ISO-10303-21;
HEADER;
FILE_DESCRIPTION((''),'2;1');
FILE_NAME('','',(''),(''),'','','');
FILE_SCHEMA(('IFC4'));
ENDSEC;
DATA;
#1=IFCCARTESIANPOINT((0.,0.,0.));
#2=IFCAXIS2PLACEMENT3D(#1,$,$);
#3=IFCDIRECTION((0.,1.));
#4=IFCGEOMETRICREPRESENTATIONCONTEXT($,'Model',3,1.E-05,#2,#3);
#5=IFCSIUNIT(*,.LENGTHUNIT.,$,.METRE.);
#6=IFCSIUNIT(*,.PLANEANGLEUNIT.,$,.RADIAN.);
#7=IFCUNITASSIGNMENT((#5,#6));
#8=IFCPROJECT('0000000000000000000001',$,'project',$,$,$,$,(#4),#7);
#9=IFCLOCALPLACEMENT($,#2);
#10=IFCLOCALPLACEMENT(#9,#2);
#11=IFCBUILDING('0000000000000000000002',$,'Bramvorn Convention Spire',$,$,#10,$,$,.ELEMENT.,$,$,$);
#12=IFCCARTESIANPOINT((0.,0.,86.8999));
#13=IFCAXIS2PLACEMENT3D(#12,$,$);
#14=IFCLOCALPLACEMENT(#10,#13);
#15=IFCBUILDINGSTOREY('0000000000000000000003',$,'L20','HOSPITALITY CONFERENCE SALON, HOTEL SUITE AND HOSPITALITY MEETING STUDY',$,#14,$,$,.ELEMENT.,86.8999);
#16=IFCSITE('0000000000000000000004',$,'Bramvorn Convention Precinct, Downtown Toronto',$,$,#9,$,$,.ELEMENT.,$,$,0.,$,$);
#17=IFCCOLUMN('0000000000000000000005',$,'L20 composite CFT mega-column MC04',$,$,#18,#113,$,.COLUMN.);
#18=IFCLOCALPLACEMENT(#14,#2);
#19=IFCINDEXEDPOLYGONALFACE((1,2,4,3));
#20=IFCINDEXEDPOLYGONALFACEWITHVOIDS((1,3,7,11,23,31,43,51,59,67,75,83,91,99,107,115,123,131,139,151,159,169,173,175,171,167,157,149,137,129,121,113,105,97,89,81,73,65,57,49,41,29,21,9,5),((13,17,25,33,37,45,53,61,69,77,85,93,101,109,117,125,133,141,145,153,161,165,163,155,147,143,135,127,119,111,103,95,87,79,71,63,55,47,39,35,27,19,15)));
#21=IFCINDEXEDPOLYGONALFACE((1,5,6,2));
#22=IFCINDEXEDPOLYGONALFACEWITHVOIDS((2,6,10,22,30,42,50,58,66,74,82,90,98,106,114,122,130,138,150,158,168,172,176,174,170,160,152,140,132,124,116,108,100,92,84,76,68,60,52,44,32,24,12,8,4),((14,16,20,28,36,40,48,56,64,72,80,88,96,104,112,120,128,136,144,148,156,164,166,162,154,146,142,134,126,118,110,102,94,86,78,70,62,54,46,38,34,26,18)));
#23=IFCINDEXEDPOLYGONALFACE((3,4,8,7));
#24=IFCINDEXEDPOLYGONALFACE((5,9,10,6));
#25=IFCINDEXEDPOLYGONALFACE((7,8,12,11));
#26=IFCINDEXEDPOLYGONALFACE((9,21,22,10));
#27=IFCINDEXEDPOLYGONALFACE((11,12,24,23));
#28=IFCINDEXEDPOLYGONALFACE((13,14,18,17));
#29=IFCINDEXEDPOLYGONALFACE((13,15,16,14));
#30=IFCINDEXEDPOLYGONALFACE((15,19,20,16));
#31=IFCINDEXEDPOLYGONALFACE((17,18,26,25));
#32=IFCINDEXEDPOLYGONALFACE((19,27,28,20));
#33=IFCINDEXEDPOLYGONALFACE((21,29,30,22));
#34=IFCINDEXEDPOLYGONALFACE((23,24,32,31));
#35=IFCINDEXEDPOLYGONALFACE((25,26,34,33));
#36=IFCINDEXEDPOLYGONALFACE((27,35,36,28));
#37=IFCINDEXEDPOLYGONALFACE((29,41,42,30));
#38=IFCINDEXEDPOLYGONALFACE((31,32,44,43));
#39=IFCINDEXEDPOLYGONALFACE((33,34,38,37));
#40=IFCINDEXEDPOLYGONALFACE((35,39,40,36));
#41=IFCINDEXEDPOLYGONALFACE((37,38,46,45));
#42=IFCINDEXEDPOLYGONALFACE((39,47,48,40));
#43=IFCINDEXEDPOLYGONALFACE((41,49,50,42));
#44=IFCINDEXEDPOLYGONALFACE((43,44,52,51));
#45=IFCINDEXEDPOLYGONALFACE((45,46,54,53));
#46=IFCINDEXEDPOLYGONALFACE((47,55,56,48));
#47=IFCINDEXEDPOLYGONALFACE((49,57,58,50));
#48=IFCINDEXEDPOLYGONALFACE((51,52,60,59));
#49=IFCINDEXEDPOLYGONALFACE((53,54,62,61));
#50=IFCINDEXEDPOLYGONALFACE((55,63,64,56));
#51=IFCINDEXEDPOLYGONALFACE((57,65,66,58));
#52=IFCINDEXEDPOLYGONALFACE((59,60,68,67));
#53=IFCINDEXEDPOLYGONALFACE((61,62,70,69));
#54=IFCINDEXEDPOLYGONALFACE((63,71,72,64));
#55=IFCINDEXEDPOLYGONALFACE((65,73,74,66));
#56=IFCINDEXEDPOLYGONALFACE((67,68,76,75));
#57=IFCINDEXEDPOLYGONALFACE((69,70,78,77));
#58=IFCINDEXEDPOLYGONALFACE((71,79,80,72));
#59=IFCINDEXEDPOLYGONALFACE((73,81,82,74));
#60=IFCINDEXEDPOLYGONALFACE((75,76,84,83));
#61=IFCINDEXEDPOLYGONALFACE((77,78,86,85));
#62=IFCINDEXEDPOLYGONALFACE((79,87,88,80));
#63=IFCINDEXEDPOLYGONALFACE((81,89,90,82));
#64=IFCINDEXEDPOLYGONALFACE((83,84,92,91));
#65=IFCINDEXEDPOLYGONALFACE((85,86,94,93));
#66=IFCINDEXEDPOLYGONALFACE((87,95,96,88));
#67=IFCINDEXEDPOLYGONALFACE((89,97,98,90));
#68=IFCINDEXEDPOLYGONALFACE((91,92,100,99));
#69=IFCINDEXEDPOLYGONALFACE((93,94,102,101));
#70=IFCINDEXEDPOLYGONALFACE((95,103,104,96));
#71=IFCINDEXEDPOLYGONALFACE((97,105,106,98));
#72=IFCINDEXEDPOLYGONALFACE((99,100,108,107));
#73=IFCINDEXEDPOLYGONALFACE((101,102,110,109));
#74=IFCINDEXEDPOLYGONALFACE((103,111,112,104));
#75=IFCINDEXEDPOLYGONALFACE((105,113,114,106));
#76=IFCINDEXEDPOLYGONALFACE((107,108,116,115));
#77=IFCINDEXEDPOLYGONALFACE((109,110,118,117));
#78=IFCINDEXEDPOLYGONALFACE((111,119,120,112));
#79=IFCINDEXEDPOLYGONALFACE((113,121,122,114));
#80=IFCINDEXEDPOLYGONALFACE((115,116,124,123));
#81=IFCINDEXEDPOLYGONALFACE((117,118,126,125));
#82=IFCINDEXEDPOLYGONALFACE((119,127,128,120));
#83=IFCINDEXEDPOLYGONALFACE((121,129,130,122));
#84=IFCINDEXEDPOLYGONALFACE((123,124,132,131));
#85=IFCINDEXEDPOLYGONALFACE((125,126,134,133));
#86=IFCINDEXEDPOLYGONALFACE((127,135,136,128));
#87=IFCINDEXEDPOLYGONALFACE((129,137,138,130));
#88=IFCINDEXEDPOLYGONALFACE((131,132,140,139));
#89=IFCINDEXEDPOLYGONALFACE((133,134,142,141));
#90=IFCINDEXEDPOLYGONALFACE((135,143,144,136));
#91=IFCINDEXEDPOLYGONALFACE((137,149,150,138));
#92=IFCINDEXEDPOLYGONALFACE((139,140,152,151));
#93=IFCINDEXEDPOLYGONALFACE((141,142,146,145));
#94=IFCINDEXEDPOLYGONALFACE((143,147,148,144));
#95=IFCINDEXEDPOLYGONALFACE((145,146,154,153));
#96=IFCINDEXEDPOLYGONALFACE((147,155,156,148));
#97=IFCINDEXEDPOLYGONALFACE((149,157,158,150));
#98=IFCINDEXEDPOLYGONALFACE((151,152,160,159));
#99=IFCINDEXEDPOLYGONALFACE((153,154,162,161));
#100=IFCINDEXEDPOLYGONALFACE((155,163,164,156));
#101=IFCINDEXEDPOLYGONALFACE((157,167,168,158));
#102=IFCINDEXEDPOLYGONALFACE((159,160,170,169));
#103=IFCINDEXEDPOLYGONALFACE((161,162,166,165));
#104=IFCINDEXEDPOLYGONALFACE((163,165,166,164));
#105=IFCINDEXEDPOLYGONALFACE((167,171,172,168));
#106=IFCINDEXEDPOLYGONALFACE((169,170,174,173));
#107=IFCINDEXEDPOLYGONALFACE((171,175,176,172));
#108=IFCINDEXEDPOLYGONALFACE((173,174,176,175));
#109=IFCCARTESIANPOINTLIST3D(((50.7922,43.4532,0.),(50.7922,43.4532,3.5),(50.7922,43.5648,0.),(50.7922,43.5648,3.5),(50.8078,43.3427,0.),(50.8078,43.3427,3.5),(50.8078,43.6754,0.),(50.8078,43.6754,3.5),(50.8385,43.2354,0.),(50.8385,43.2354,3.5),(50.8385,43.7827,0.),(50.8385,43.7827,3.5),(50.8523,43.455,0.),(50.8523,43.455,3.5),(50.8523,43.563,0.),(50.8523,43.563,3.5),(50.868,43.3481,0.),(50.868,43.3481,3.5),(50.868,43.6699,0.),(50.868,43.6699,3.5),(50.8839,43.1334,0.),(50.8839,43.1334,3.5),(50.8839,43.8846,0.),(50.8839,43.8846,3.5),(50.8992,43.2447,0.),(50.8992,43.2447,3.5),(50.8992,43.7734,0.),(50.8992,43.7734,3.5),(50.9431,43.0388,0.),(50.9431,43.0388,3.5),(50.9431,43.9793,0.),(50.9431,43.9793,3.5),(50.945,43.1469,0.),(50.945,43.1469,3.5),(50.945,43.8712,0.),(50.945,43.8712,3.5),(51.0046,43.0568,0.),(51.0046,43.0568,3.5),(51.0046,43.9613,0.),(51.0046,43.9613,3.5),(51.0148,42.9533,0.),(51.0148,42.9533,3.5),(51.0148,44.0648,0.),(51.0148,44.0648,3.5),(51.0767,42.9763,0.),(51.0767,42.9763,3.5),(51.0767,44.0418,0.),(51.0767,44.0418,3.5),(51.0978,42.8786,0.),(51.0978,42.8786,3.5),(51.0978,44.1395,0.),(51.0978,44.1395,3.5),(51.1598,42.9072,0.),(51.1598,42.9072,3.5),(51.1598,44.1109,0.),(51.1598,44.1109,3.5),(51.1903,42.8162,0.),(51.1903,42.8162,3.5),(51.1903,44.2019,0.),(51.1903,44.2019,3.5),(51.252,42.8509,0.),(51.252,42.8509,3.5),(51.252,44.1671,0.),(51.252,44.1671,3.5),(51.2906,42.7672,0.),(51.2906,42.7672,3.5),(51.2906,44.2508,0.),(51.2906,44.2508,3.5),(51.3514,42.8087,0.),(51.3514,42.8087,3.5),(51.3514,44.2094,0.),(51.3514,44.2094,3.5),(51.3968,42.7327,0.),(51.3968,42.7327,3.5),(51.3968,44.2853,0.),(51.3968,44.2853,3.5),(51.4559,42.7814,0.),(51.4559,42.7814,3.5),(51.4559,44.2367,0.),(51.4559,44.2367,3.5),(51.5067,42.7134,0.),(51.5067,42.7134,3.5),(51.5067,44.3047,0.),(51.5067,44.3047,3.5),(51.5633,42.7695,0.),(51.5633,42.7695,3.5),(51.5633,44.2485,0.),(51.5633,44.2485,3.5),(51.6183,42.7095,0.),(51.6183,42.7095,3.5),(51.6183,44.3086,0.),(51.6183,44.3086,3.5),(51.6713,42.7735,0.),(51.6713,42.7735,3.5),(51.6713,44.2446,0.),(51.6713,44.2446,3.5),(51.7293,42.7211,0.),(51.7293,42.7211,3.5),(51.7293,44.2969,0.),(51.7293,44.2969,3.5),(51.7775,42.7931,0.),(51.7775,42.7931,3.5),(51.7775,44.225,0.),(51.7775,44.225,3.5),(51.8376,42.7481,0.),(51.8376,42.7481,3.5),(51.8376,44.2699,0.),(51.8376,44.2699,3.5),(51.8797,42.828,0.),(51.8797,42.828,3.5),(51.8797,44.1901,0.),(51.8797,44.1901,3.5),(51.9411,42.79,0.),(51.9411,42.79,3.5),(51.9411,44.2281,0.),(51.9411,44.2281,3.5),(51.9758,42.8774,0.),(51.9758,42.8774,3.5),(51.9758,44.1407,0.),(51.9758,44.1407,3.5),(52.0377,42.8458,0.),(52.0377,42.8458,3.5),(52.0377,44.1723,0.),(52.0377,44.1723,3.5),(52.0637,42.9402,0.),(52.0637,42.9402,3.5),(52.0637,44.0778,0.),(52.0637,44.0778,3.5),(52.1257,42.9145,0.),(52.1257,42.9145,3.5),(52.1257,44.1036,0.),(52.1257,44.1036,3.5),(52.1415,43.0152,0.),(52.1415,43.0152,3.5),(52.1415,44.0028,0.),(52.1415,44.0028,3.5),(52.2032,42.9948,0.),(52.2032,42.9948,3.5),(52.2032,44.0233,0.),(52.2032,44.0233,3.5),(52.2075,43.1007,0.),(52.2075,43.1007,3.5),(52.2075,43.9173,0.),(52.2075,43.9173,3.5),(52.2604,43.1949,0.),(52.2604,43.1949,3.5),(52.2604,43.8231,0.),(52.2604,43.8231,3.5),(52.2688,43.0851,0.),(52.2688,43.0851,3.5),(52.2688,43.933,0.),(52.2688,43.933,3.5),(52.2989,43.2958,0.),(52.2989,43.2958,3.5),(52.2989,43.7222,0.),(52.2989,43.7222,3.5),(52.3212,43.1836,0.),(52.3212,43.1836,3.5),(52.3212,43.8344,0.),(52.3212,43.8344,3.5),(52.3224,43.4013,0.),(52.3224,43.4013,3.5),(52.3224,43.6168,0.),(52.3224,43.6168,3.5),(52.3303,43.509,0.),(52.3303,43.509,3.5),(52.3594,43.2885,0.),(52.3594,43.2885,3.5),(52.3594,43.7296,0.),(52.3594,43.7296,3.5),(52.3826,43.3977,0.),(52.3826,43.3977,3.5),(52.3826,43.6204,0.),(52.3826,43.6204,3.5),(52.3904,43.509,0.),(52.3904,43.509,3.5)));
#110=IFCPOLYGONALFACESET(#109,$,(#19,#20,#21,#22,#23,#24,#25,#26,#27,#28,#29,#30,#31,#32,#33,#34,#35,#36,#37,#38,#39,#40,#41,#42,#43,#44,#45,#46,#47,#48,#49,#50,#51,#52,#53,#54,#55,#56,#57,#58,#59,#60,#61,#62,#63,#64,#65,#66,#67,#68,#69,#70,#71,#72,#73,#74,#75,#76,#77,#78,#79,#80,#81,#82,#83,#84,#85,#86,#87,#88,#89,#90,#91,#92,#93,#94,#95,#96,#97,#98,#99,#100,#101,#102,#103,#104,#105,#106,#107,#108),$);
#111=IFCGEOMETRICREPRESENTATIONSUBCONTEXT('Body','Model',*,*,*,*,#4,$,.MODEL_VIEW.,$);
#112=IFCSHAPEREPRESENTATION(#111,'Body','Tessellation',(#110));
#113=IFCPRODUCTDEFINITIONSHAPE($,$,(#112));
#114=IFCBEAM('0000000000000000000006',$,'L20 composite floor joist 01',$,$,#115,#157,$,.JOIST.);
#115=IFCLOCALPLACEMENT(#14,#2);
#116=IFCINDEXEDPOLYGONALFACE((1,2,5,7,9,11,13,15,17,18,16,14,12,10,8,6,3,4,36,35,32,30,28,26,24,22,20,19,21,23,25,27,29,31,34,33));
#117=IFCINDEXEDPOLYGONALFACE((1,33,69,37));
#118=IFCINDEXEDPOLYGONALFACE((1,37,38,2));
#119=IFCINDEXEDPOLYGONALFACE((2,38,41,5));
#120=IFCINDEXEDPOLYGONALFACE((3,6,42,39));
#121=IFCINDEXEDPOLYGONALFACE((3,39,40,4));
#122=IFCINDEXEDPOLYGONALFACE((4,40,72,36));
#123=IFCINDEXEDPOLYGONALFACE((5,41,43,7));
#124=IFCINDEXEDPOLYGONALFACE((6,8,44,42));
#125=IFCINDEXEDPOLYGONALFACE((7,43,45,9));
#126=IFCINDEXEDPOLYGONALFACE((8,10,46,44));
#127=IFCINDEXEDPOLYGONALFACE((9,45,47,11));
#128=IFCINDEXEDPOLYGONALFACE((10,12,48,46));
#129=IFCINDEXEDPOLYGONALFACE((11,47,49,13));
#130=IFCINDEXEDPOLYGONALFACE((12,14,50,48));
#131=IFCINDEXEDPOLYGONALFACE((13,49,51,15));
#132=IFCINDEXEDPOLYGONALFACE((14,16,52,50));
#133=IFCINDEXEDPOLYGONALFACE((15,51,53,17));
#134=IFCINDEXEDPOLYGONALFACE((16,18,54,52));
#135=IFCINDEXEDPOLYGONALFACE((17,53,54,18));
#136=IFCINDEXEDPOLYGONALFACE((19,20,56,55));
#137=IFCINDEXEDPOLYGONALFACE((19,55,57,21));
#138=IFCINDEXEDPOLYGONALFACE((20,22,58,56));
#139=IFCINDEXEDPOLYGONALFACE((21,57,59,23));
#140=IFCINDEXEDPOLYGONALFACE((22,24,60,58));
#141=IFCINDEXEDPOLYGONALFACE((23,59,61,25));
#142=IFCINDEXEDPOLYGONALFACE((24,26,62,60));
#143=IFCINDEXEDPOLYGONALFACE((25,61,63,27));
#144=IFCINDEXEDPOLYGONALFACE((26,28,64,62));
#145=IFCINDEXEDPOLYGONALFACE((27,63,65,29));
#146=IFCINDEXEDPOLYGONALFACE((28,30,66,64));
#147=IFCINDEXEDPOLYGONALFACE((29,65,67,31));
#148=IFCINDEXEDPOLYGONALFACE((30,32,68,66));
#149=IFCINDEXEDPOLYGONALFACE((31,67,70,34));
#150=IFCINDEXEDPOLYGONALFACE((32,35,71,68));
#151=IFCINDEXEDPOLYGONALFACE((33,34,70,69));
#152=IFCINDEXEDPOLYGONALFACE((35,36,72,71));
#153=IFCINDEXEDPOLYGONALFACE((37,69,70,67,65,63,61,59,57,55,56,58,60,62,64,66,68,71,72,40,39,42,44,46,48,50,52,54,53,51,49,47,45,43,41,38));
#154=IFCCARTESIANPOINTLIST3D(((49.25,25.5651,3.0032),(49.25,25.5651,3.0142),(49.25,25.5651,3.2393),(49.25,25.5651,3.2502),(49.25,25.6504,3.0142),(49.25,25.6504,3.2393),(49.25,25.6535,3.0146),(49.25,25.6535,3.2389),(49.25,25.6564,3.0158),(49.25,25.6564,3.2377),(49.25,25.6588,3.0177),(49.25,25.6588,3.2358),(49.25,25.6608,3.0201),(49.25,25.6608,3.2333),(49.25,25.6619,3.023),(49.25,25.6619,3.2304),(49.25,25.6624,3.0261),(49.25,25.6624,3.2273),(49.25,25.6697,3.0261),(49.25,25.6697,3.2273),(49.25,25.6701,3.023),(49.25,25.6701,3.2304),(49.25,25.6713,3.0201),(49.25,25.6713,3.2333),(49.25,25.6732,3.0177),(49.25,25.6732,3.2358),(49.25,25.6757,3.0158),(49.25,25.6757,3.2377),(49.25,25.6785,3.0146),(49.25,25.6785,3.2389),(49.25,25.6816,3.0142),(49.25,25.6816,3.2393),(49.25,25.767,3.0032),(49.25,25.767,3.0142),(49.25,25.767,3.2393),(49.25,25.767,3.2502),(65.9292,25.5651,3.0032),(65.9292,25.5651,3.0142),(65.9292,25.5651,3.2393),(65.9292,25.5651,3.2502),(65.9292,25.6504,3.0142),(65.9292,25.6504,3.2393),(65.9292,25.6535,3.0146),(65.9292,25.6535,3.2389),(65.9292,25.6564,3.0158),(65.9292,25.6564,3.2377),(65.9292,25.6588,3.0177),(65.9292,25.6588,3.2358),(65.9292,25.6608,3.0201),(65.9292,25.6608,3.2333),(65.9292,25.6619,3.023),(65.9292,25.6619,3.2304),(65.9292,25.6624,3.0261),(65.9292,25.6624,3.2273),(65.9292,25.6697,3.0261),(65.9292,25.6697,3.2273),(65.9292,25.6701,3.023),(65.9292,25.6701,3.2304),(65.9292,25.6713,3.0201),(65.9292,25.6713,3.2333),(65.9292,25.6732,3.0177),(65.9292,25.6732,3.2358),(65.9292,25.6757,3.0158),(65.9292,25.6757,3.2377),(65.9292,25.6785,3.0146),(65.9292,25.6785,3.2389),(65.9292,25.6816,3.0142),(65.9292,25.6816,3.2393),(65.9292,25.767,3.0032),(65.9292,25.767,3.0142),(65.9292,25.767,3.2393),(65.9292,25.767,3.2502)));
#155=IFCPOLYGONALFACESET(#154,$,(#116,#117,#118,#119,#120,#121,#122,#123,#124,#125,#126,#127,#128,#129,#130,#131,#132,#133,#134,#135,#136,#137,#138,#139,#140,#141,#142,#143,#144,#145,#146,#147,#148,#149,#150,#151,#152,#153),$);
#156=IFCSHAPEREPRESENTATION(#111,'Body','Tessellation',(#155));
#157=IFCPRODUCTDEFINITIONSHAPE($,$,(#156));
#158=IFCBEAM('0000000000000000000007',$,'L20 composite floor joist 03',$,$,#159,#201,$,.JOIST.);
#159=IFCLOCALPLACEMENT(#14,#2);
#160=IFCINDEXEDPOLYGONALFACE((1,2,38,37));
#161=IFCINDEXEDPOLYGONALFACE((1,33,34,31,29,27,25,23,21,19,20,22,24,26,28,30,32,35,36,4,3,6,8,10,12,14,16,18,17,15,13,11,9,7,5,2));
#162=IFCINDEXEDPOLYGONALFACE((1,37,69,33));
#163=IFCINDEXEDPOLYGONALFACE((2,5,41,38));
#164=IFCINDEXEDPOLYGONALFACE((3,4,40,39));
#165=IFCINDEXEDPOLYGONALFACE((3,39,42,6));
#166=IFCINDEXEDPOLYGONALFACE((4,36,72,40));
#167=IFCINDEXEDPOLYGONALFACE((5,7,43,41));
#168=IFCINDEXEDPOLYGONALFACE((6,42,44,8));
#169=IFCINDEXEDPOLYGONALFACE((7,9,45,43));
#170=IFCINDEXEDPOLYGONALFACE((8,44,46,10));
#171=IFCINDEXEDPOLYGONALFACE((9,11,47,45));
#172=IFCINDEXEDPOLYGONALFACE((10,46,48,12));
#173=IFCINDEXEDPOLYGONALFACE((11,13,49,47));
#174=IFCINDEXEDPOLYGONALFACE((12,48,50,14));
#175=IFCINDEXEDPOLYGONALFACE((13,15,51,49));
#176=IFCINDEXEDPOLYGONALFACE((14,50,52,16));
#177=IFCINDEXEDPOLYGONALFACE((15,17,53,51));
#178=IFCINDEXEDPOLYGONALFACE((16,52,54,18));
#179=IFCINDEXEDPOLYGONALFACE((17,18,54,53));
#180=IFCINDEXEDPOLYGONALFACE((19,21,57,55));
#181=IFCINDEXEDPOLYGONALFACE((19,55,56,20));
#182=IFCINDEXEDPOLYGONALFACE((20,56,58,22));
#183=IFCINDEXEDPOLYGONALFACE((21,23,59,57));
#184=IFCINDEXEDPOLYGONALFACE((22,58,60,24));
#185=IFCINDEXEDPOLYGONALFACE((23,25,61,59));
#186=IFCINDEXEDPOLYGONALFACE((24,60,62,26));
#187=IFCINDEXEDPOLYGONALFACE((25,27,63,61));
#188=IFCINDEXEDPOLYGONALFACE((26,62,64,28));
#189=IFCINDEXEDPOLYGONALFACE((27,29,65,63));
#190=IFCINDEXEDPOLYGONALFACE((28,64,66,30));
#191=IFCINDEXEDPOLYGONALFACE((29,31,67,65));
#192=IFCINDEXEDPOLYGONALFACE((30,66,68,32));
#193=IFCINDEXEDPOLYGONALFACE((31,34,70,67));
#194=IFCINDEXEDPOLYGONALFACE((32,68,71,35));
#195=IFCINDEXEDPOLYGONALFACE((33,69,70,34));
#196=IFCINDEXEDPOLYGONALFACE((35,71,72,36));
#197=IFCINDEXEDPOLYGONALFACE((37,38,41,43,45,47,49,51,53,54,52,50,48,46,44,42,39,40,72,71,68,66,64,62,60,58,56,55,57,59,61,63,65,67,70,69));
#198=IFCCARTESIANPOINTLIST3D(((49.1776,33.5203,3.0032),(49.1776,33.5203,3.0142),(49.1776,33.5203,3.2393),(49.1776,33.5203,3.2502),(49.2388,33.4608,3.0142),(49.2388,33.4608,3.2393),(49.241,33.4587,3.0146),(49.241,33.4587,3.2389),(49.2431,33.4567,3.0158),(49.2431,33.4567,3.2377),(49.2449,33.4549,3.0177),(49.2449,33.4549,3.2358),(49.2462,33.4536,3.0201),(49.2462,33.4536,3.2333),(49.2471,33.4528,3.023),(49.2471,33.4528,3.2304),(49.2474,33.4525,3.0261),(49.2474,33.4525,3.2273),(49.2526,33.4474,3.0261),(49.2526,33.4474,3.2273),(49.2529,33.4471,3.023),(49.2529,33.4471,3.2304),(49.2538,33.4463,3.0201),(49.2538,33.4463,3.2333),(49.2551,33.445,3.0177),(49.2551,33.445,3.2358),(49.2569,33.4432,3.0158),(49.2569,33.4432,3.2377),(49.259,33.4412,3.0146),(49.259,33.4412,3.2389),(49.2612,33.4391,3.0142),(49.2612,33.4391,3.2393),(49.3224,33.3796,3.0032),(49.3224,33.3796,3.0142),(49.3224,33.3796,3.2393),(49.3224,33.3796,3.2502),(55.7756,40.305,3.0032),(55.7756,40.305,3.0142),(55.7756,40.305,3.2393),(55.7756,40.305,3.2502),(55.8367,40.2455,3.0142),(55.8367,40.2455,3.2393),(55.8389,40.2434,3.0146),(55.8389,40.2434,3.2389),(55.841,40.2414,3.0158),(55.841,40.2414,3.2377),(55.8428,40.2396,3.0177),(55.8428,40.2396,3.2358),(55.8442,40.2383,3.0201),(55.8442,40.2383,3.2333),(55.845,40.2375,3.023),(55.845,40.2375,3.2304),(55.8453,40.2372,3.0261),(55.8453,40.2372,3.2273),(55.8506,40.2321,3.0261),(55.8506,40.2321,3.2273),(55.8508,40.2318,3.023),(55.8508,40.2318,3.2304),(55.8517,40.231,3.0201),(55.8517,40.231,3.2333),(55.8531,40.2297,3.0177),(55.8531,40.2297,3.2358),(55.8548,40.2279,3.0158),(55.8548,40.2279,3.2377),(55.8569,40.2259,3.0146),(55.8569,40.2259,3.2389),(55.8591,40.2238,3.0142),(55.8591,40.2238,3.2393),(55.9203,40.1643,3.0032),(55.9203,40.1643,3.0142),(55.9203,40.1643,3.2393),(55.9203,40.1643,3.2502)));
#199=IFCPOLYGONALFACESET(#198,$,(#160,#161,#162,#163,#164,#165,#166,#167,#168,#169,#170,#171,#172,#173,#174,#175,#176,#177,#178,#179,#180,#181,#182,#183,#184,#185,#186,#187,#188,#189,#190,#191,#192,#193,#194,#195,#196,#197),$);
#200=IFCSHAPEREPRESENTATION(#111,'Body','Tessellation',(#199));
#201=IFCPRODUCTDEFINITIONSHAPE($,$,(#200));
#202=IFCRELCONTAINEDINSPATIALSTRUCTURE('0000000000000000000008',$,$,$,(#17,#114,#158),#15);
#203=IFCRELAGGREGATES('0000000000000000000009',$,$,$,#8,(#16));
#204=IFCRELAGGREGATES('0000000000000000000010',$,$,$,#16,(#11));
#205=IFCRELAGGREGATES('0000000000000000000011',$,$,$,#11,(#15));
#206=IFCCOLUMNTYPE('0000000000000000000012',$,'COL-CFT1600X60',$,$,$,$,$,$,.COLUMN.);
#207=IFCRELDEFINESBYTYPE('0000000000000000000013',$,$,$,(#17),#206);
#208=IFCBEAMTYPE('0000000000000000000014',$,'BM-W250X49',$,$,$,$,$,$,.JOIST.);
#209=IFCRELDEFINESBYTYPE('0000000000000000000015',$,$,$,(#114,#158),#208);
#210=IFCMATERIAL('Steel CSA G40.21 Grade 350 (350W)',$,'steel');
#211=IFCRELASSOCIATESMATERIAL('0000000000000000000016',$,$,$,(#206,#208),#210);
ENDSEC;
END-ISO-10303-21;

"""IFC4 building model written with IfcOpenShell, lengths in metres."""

from ifc_helpers import new_model, si_unit, direction, frame, origin, origin_2d, place, context, subcontext, project, spatial, hollow_circle, i_section, extrude, material, material_profile, profile_set, type_object, element, save


model = new_model("IFC4")

# Units and contexts
model_context = context("Model", 3, precision=1e-05, world=origin(), true_north=direction((0.0, 1.0)))
body_context = subcontext(model_context, "Body", "Model", "MODEL_VIEW")
ifc_project = project(units=[si_unit("LENGTHUNIT", "METRE"), si_unit("PLANEANGLEUNIT", "RADIAN")], contexts=[model_context])

# Site, building, storey
site_placement = place(None, origin())
site = spatial("IfcSite", under=ifc_project, at=site_placement, Name="Bramvorn Convention Precinct, Downtown Toronto", CompositionType="ELEMENT", RefElevation=0.0)
building_placement = place(site_placement, origin())
building = spatial("IfcBuilding", under=site, at=building_placement, Name="Bramvorn Convention Spire", CompositionType="ELEMENT")
storey_placement = place(building_placement, frame((0.0, 0.0, 86.8999)))
storey = spatial("IfcBuildingStorey", under=building, at=storey_placement, Name="L20", Description="HOSPITALITY CONFERENCE SALON, HOTEL SUITE AND HOSPITALITY MEETING STUDY", CompositionType="ELEMENT", Elevation=86.8999)

# Column
ifc_material_1 = material(Name="Steel CSA G40.21 Grade 350 (350W)", Category="steel")
ifc_material_profile_1 = material_profile(ifc_material_1, hollow_circle(Radius=0.8, WallThickness=0.0601, at=origin_2d()))
ifc_profile_set_1 = profile_set([ifc_material_profile_1], Name="Steel CSA G40.21 Grade 350 (350W) - CFT1600X60")
column_type = type_object("IfcColumnType", Name="COL-CFT1600X60", PredefinedType="COLUMN", material=ifc_profile_set_1)
for number, where, z_axis, x_axis, name in (
    (1, (51.5903, 43.509, 0.0), (0.0, 0.0, 1.0), (1.0, 0.0, 0.0), "L20 composite CFT mega-column MC04"),
):
    element("IfcColumn", number, at=place(storey_placement, frame(where, z_axis=z_axis, x_axis=x_axis)), inside=storey, type_object=column_type, Name=name, PredefinedType="COLUMN", context=body_context, shape_type="SweptSolid", body=[
        extrude(hollow_circle(Radius=0.8, WallThickness=0.0601, at=origin_2d()), origin(), (0.0, 0.0, 1.0), 3.5),
    ])

# Beams
ifc_material_profile_2 = material_profile(ifc_material_1, i_section(OverallWidth=0.2019, OverallDepth=0.2471, WebThickness=0.0073, FlangeThickness=0.011, FilletRadius=0.012, at=origin_2d()))
ifc_profile_set_2 = profile_set([ifc_material_profile_2], Name="Steel CSA G40.21 Grade 350 (350W) - W250X49")
beam_type_1 = type_object("IfcBeamType", Name="BM-W250X49", PredefinedType="JOIST", material=ifc_profile_set_2)
beam_1_placement = place(storey_placement, frame((49.25, 25.666, 3.1267), z_axis=(1.0, 0.0, 0.0), x_axis=(0.0, 1.0, 0.0)))
element("IfcBeam", 2, at=beam_1_placement, inside=storey, type_object=beam_type_1, Name="L20 composite floor joist 01", PredefinedType="JOIST", context=body_context, shape_type="SweptSolid", body=[
    extrude(i_section(OverallWidth=0.2019, OverallDepth=0.2471, WebThickness=0.0073, FlangeThickness=0.011, FilletRadius=0.012, at=origin_2d()), origin(), (0.0, 0.0, 1.0), 16.6792),
])
beam_2_placement = place(storey_placement, frame((49.25, 33.45, 3.1267), z_axis=(0.69717, 0.716905, 0.0), x_axis=(-0.716905, 0.69717, 0.0)))
element("IfcBeam", 3, at=beam_2_placement, inside=storey, type_object=beam_type_1, Name="L20 composite floor joist 03", PredefinedType="JOIST", context=body_context, shape_type="SweptSolid", body=[
    extrude(i_section(OverallWidth=0.2019, OverallDepth=0.2471, WebThickness=0.0073, FlangeThickness=0.011, FilletRadius=0.012, at=origin_2d()), origin(), (0.0, 0.0, 1.0), 9.4639),
])

save(model, "model.ifc")
